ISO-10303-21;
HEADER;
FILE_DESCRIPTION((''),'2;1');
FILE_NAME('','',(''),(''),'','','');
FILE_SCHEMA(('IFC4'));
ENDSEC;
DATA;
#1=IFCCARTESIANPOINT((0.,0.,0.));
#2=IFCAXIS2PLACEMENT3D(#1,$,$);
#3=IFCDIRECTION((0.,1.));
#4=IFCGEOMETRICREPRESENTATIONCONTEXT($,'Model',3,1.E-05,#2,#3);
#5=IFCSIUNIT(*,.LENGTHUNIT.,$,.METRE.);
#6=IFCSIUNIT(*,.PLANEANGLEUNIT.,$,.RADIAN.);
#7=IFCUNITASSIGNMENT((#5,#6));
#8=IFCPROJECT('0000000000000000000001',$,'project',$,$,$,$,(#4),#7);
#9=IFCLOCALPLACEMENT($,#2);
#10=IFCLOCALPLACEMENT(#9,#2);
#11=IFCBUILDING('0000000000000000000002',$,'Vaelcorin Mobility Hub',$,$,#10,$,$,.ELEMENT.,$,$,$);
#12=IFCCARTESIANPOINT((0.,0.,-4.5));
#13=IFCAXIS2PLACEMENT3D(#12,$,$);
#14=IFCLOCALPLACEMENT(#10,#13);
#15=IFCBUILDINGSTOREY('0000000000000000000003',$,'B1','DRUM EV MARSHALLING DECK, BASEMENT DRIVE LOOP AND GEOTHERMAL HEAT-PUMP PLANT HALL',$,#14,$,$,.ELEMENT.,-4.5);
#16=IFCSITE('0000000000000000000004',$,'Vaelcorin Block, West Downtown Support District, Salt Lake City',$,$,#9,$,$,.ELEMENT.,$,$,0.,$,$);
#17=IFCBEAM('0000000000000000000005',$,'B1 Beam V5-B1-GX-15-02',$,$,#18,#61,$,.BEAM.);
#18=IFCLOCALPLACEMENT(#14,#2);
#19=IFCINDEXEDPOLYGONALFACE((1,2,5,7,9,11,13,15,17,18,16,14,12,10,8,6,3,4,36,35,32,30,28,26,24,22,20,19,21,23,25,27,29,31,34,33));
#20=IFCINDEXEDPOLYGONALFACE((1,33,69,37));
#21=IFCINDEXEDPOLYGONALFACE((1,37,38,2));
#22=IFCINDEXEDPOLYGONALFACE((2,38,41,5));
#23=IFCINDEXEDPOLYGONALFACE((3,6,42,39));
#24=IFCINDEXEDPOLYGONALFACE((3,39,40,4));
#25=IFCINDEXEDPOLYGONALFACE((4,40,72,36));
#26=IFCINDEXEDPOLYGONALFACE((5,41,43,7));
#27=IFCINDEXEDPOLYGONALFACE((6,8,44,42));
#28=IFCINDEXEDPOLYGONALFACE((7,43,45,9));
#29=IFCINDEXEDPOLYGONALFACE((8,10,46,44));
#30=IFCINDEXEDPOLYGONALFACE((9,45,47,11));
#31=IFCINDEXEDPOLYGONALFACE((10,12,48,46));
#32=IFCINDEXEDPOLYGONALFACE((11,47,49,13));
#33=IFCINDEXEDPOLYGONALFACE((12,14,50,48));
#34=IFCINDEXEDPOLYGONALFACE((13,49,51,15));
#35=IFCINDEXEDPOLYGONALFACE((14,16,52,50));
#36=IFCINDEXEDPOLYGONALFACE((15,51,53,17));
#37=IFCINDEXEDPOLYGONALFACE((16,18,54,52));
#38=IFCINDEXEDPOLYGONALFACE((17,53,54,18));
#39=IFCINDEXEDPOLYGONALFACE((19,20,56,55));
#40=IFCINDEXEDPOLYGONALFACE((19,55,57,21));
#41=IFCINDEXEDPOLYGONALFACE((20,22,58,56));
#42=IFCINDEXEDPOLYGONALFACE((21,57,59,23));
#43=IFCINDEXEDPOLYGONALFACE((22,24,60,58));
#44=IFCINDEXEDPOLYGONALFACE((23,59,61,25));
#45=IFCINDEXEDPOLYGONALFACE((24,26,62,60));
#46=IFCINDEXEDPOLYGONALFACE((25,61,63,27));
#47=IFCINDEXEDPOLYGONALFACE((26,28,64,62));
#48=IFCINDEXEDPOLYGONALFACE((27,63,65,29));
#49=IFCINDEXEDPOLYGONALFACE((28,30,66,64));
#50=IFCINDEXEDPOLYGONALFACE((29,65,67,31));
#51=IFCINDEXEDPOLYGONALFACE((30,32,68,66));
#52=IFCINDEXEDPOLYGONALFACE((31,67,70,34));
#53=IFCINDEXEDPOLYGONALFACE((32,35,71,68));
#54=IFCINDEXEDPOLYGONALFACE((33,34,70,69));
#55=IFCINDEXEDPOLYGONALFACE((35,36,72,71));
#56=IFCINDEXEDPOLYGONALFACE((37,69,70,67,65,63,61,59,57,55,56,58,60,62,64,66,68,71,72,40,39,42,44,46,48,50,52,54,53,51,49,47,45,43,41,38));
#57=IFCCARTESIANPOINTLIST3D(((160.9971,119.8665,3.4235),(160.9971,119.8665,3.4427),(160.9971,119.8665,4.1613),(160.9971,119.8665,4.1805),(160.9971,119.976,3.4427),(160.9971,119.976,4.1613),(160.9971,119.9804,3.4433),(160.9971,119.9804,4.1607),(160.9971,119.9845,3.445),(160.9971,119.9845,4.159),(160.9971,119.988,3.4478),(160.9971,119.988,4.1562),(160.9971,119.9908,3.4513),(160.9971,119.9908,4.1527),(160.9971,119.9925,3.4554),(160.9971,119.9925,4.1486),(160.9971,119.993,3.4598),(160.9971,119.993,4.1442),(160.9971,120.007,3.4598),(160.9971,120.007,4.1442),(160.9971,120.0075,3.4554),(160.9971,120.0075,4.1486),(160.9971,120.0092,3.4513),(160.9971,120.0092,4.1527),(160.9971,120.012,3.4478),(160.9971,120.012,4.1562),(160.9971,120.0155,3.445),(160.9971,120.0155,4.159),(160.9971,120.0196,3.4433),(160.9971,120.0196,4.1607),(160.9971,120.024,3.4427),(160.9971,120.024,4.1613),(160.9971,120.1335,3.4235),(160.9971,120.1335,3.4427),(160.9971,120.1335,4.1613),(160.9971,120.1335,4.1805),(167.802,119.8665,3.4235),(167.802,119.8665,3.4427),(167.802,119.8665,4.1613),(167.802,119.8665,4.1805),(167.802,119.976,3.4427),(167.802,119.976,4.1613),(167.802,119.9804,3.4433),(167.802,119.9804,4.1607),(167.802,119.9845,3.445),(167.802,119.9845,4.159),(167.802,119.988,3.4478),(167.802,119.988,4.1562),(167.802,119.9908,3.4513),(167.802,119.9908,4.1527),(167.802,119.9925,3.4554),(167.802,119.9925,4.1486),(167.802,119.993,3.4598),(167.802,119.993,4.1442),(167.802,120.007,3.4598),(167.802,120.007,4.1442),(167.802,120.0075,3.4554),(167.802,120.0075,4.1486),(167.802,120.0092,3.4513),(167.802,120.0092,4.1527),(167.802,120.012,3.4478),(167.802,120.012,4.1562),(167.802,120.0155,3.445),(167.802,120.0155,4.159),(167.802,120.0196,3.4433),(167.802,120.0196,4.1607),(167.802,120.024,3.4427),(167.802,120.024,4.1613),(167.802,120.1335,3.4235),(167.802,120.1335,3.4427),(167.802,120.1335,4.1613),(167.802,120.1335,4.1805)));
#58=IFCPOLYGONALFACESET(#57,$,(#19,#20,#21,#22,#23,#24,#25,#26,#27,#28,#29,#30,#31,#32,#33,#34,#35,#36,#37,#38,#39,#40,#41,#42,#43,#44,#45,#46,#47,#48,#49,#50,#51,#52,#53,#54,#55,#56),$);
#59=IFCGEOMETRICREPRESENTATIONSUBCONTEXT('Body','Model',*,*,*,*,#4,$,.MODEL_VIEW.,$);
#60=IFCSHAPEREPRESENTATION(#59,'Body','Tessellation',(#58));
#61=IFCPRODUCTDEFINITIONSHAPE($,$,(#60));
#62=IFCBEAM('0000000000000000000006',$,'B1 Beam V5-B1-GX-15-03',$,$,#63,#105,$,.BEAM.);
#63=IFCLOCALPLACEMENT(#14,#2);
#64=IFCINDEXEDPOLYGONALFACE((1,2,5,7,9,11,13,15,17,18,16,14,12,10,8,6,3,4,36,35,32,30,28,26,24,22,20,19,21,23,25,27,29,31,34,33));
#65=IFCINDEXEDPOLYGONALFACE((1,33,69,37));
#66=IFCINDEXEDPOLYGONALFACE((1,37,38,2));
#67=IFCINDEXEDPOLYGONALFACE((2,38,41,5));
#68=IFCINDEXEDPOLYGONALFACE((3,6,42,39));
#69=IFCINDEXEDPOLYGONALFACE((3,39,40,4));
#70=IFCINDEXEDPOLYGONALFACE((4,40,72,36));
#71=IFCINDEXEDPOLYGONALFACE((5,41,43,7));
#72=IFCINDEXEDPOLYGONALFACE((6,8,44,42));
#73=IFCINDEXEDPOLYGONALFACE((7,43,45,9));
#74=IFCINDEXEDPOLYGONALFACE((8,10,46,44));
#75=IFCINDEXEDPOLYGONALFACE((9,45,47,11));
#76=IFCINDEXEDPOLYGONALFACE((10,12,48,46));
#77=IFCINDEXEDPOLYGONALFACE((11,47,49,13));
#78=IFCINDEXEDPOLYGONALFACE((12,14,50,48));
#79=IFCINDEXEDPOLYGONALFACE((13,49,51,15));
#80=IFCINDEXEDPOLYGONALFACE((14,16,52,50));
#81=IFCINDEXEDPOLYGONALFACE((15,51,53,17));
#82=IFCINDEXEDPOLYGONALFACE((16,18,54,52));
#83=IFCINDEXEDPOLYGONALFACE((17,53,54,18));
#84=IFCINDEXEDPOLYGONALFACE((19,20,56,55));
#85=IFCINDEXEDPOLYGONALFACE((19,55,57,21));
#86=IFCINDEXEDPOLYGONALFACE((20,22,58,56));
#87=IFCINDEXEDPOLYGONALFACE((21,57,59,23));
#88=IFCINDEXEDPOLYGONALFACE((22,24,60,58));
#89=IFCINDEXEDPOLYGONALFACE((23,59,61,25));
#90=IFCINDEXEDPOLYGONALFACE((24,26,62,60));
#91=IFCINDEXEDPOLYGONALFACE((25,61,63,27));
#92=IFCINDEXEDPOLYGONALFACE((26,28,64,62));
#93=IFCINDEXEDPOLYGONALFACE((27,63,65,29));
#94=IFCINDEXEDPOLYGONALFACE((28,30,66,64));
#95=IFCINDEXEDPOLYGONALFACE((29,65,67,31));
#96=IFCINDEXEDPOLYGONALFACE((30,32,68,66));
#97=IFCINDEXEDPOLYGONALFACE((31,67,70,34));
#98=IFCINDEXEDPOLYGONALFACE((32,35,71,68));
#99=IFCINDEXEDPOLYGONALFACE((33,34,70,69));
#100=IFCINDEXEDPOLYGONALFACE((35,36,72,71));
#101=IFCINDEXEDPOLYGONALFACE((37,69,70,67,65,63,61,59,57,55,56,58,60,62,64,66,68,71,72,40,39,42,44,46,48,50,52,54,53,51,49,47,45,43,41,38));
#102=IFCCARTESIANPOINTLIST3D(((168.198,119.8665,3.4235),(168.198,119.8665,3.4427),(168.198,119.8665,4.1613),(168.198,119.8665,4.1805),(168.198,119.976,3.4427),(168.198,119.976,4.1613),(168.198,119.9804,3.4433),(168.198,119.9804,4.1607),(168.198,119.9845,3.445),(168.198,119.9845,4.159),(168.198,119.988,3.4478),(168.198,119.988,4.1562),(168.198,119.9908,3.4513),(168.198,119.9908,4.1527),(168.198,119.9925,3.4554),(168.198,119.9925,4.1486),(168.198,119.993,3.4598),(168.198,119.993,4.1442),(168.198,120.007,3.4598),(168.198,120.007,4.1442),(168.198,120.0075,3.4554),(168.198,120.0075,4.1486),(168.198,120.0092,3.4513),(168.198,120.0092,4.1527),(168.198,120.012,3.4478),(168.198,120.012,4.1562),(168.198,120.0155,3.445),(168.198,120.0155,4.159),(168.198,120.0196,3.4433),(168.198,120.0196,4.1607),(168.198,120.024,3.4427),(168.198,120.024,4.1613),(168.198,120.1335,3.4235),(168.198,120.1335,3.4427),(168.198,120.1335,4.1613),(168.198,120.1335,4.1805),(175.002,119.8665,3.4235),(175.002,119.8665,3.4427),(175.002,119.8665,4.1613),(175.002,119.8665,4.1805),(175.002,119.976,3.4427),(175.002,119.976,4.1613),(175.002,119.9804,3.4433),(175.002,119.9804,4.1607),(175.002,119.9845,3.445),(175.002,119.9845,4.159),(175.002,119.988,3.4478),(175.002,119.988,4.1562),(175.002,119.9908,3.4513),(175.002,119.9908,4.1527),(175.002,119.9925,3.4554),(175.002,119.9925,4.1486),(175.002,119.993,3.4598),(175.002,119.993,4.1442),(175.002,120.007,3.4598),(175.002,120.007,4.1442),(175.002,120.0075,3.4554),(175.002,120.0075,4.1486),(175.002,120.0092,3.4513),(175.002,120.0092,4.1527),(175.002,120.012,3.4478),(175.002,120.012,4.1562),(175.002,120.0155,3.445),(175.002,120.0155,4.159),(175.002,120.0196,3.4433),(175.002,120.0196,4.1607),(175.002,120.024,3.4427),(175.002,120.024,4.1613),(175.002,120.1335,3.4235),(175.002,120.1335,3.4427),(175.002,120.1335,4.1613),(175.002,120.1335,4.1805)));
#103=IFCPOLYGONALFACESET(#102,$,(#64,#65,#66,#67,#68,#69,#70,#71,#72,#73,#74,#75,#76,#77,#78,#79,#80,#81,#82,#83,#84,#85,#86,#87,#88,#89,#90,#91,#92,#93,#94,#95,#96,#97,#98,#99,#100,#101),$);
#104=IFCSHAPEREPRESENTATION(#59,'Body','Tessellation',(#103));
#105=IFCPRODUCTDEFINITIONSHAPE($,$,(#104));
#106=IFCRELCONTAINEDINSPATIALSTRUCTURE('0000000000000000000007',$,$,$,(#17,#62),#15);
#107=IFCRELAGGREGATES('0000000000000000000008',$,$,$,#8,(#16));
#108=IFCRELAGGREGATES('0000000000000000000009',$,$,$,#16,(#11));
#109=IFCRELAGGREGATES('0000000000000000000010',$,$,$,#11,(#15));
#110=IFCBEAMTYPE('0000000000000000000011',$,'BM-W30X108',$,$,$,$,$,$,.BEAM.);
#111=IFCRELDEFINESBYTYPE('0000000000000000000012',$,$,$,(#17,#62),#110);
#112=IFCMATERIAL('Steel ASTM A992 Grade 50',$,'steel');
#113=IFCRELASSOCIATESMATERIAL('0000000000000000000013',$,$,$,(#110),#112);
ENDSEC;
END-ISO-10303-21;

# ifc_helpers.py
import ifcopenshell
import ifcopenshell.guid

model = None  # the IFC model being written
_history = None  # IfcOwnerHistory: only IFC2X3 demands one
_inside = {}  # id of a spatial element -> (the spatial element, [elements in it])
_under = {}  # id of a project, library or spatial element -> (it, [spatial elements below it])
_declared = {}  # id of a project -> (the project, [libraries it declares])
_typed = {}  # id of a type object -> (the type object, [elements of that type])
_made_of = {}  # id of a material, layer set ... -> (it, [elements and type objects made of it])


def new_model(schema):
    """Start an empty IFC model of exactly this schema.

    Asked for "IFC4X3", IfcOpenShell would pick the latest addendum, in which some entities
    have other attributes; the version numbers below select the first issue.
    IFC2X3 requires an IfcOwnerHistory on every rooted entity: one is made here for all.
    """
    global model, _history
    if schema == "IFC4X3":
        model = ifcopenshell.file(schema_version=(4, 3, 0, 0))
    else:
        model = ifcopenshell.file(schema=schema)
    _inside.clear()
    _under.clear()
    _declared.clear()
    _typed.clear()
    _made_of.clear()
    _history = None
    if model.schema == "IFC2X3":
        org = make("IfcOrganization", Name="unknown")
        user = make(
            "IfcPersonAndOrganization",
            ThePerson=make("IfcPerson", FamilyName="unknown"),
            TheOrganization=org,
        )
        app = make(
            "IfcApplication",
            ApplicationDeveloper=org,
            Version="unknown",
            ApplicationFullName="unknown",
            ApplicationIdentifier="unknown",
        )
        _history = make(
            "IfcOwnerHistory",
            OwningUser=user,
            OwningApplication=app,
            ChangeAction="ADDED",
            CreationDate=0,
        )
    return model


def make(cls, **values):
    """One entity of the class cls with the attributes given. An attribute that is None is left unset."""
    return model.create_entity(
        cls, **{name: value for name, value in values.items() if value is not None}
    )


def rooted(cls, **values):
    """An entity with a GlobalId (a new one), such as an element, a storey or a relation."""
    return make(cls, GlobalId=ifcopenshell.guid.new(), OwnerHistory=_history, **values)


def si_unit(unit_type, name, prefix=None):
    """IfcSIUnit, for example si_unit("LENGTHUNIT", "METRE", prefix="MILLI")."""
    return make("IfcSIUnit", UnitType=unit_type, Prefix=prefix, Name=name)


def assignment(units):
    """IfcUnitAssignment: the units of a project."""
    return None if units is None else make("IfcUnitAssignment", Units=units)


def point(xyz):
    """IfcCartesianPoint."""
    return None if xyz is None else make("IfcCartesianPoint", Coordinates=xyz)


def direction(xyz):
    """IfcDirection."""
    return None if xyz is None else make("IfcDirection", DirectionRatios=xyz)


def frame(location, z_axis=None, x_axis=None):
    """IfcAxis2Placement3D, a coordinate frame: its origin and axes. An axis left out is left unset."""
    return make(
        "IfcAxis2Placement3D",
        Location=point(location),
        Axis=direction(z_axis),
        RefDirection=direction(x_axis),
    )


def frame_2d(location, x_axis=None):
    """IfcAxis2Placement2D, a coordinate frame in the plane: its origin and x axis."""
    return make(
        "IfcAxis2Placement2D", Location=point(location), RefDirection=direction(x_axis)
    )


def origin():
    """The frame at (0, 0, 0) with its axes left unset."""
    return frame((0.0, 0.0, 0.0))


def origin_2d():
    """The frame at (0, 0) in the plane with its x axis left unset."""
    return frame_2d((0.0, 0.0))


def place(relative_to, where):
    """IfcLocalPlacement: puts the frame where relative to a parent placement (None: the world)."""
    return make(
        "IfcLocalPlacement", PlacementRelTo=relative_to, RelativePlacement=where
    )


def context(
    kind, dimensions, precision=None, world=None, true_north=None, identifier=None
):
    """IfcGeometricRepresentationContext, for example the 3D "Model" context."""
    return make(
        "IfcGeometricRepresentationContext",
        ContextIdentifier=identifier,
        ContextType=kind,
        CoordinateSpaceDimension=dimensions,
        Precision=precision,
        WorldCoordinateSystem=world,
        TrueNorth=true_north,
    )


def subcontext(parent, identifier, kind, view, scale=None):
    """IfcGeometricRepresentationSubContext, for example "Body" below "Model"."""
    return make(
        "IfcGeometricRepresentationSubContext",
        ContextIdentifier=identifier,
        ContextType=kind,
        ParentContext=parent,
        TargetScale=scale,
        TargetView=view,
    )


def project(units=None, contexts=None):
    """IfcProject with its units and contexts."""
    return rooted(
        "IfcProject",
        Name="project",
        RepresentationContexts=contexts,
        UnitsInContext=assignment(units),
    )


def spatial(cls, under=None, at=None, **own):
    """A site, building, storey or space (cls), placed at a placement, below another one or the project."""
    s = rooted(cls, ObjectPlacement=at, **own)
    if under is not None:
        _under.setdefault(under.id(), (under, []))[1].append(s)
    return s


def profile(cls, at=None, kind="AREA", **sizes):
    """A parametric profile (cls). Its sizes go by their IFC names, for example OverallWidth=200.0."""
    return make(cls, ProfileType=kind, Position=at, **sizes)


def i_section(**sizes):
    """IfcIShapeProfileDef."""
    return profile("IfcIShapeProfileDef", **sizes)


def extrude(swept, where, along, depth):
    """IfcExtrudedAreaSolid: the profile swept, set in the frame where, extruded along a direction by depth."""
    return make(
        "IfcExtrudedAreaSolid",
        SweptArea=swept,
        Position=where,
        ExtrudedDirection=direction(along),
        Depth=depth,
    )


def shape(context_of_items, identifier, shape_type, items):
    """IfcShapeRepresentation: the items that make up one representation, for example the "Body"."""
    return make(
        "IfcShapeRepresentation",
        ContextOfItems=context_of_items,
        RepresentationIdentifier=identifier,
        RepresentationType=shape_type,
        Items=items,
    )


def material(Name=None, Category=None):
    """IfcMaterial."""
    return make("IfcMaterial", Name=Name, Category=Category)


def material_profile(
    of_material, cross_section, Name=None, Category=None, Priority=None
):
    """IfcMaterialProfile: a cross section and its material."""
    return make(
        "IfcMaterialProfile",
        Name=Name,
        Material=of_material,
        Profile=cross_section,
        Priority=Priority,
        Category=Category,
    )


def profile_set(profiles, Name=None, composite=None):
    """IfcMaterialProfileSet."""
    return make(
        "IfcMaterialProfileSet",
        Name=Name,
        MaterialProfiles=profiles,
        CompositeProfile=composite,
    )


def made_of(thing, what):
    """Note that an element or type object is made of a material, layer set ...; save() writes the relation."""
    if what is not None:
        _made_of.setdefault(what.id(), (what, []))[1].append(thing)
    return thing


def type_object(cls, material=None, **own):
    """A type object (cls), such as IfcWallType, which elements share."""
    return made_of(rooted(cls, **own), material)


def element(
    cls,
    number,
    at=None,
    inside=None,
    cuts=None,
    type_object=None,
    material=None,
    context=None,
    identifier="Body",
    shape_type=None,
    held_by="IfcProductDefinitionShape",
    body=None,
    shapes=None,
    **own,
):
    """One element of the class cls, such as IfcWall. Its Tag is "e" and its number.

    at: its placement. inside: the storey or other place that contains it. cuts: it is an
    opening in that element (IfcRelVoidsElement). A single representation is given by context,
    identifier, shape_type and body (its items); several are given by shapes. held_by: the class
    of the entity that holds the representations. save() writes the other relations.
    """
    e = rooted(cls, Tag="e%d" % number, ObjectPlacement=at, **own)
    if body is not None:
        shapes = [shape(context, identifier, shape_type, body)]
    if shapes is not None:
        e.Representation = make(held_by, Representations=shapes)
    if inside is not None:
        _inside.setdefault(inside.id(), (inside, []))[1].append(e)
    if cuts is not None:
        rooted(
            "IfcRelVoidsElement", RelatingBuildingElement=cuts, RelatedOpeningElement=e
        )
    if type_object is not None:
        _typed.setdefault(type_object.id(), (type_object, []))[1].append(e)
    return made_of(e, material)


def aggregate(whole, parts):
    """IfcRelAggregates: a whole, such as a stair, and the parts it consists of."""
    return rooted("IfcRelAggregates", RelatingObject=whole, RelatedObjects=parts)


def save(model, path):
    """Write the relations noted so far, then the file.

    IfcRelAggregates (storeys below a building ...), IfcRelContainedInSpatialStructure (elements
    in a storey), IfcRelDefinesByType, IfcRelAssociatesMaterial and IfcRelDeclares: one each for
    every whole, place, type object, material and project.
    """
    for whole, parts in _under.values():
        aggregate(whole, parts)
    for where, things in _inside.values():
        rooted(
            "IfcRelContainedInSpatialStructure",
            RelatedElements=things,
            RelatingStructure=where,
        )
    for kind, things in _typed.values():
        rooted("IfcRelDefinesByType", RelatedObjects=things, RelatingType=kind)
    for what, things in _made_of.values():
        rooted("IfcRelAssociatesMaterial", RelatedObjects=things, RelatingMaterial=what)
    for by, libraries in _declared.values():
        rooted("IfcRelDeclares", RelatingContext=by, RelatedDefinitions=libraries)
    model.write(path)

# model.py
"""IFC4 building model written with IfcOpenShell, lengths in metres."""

from ifc_helpers import new_model, si_unit, direction, frame, origin, origin_2d, place, context, subcontext, project, spatial, i_section, extrude, material, material_profile, profile_set, type_object, element, save


model = new_model("IFC4")

# Units and contexts
model_context = context("Model", 3, precision=1e-05, world=origin(), true_north=direction((0.0, 1.0)))
body_context = subcontext(model_context, "Body", "Model", "MODEL_VIEW")
ifc_project = project(units=[si_unit("LENGTHUNIT", "METRE"), si_unit("PLANEANGLEUNIT", "RADIAN")], contexts=[model_context])

# Site, building, storey
site_placement = place(None, origin())
site = spatial("IfcSite", under=ifc_project, at=site_placement, Name="Vaelcorin Block, West Downtown Support District, Salt Lake City", CompositionType="ELEMENT", RefElevation=0.0)
building_placement = place(site_placement, origin())
building = spatial("IfcBuilding", under=site, at=building_placement, Name="Vaelcorin Mobility Hub", CompositionType="ELEMENT")
storey_placement = place(building_placement, frame((0.0, 0.0, -4.5)))
storey = spatial("IfcBuildingStorey", under=building, at=storey_placement, Name="B1", Description="DRUM EV MARSHALLING DECK, BASEMENT DRIVE LOOP AND GEOTHERMAL HEAT-PUMP PLANT HALL", CompositionType="ELEMENT", Elevation=-4.5)

# Shared definitions
ifc_material_1 = material(Name="Steel ASTM A992 Grade 50", Category="steel")

# Beams
ifc_material_profile_1 = material_profile(ifc_material_1, i_section(OverallWidth=0.2671, OverallDepth=0.7571, WebThickness=0.0139, FlangeThickness=0.0193, FilletRadius=0.0171, at=origin_2d()), Name="W30X108")
ifc_profile_set_1 = profile_set([ifc_material_profile_1], Name="Steel ASTM A992 Grade 50")
beam_type_1 = type_object("IfcBeamType", Name="BM-W30X108", PredefinedType="BEAM", material=ifc_profile_set_1)
beam_1_placement = place(storey_placement, frame((160.9971, 120.0, 3.802), z_axis=(1.0, 0.0, 0.0), x_axis=(0.0, 1.0, 0.0)))
element("IfcBeam", 1, at=beam_1_placement, inside=storey, type_object=beam_type_1, Name="B1 Beam V5-B1-GX-15-02", PredefinedType="BEAM", context=body_context, shape_type="SweptSolid", body=[
    extrude(i_section(OverallWidth=0.2671, OverallDepth=0.7571, WebThickness=0.0139, FlangeThickness=0.0193, FilletRadius=0.0171, at=origin_2d()), origin(), (0.0, 0.0, 1.0), 6.8049),
])
beam_2_placement = place(storey_placement, frame((168.198, 120.0, 3.802), z_axis=(1.0, 0.0, 0.0), x_axis=(0.0, 1.0, 0.0)))
element("IfcBeam", 2, at=beam_2_placement, inside=storey, type_object=beam_type_1, Name="B1 Beam V5-B1-GX-15-03", PredefinedType="BEAM", context=body_context, shape_type="SweptSolid", body=[
    extrude(i_section(OverallWidth=0.2671, OverallDepth=0.7571, WebThickness=0.0139, FlangeThickness=0.0193, FilletRadius=0.0171, at=origin_2d()), origin(), (0.0, 0.0, 1.0), 6.804),
])

save(model, "model.ifc")
